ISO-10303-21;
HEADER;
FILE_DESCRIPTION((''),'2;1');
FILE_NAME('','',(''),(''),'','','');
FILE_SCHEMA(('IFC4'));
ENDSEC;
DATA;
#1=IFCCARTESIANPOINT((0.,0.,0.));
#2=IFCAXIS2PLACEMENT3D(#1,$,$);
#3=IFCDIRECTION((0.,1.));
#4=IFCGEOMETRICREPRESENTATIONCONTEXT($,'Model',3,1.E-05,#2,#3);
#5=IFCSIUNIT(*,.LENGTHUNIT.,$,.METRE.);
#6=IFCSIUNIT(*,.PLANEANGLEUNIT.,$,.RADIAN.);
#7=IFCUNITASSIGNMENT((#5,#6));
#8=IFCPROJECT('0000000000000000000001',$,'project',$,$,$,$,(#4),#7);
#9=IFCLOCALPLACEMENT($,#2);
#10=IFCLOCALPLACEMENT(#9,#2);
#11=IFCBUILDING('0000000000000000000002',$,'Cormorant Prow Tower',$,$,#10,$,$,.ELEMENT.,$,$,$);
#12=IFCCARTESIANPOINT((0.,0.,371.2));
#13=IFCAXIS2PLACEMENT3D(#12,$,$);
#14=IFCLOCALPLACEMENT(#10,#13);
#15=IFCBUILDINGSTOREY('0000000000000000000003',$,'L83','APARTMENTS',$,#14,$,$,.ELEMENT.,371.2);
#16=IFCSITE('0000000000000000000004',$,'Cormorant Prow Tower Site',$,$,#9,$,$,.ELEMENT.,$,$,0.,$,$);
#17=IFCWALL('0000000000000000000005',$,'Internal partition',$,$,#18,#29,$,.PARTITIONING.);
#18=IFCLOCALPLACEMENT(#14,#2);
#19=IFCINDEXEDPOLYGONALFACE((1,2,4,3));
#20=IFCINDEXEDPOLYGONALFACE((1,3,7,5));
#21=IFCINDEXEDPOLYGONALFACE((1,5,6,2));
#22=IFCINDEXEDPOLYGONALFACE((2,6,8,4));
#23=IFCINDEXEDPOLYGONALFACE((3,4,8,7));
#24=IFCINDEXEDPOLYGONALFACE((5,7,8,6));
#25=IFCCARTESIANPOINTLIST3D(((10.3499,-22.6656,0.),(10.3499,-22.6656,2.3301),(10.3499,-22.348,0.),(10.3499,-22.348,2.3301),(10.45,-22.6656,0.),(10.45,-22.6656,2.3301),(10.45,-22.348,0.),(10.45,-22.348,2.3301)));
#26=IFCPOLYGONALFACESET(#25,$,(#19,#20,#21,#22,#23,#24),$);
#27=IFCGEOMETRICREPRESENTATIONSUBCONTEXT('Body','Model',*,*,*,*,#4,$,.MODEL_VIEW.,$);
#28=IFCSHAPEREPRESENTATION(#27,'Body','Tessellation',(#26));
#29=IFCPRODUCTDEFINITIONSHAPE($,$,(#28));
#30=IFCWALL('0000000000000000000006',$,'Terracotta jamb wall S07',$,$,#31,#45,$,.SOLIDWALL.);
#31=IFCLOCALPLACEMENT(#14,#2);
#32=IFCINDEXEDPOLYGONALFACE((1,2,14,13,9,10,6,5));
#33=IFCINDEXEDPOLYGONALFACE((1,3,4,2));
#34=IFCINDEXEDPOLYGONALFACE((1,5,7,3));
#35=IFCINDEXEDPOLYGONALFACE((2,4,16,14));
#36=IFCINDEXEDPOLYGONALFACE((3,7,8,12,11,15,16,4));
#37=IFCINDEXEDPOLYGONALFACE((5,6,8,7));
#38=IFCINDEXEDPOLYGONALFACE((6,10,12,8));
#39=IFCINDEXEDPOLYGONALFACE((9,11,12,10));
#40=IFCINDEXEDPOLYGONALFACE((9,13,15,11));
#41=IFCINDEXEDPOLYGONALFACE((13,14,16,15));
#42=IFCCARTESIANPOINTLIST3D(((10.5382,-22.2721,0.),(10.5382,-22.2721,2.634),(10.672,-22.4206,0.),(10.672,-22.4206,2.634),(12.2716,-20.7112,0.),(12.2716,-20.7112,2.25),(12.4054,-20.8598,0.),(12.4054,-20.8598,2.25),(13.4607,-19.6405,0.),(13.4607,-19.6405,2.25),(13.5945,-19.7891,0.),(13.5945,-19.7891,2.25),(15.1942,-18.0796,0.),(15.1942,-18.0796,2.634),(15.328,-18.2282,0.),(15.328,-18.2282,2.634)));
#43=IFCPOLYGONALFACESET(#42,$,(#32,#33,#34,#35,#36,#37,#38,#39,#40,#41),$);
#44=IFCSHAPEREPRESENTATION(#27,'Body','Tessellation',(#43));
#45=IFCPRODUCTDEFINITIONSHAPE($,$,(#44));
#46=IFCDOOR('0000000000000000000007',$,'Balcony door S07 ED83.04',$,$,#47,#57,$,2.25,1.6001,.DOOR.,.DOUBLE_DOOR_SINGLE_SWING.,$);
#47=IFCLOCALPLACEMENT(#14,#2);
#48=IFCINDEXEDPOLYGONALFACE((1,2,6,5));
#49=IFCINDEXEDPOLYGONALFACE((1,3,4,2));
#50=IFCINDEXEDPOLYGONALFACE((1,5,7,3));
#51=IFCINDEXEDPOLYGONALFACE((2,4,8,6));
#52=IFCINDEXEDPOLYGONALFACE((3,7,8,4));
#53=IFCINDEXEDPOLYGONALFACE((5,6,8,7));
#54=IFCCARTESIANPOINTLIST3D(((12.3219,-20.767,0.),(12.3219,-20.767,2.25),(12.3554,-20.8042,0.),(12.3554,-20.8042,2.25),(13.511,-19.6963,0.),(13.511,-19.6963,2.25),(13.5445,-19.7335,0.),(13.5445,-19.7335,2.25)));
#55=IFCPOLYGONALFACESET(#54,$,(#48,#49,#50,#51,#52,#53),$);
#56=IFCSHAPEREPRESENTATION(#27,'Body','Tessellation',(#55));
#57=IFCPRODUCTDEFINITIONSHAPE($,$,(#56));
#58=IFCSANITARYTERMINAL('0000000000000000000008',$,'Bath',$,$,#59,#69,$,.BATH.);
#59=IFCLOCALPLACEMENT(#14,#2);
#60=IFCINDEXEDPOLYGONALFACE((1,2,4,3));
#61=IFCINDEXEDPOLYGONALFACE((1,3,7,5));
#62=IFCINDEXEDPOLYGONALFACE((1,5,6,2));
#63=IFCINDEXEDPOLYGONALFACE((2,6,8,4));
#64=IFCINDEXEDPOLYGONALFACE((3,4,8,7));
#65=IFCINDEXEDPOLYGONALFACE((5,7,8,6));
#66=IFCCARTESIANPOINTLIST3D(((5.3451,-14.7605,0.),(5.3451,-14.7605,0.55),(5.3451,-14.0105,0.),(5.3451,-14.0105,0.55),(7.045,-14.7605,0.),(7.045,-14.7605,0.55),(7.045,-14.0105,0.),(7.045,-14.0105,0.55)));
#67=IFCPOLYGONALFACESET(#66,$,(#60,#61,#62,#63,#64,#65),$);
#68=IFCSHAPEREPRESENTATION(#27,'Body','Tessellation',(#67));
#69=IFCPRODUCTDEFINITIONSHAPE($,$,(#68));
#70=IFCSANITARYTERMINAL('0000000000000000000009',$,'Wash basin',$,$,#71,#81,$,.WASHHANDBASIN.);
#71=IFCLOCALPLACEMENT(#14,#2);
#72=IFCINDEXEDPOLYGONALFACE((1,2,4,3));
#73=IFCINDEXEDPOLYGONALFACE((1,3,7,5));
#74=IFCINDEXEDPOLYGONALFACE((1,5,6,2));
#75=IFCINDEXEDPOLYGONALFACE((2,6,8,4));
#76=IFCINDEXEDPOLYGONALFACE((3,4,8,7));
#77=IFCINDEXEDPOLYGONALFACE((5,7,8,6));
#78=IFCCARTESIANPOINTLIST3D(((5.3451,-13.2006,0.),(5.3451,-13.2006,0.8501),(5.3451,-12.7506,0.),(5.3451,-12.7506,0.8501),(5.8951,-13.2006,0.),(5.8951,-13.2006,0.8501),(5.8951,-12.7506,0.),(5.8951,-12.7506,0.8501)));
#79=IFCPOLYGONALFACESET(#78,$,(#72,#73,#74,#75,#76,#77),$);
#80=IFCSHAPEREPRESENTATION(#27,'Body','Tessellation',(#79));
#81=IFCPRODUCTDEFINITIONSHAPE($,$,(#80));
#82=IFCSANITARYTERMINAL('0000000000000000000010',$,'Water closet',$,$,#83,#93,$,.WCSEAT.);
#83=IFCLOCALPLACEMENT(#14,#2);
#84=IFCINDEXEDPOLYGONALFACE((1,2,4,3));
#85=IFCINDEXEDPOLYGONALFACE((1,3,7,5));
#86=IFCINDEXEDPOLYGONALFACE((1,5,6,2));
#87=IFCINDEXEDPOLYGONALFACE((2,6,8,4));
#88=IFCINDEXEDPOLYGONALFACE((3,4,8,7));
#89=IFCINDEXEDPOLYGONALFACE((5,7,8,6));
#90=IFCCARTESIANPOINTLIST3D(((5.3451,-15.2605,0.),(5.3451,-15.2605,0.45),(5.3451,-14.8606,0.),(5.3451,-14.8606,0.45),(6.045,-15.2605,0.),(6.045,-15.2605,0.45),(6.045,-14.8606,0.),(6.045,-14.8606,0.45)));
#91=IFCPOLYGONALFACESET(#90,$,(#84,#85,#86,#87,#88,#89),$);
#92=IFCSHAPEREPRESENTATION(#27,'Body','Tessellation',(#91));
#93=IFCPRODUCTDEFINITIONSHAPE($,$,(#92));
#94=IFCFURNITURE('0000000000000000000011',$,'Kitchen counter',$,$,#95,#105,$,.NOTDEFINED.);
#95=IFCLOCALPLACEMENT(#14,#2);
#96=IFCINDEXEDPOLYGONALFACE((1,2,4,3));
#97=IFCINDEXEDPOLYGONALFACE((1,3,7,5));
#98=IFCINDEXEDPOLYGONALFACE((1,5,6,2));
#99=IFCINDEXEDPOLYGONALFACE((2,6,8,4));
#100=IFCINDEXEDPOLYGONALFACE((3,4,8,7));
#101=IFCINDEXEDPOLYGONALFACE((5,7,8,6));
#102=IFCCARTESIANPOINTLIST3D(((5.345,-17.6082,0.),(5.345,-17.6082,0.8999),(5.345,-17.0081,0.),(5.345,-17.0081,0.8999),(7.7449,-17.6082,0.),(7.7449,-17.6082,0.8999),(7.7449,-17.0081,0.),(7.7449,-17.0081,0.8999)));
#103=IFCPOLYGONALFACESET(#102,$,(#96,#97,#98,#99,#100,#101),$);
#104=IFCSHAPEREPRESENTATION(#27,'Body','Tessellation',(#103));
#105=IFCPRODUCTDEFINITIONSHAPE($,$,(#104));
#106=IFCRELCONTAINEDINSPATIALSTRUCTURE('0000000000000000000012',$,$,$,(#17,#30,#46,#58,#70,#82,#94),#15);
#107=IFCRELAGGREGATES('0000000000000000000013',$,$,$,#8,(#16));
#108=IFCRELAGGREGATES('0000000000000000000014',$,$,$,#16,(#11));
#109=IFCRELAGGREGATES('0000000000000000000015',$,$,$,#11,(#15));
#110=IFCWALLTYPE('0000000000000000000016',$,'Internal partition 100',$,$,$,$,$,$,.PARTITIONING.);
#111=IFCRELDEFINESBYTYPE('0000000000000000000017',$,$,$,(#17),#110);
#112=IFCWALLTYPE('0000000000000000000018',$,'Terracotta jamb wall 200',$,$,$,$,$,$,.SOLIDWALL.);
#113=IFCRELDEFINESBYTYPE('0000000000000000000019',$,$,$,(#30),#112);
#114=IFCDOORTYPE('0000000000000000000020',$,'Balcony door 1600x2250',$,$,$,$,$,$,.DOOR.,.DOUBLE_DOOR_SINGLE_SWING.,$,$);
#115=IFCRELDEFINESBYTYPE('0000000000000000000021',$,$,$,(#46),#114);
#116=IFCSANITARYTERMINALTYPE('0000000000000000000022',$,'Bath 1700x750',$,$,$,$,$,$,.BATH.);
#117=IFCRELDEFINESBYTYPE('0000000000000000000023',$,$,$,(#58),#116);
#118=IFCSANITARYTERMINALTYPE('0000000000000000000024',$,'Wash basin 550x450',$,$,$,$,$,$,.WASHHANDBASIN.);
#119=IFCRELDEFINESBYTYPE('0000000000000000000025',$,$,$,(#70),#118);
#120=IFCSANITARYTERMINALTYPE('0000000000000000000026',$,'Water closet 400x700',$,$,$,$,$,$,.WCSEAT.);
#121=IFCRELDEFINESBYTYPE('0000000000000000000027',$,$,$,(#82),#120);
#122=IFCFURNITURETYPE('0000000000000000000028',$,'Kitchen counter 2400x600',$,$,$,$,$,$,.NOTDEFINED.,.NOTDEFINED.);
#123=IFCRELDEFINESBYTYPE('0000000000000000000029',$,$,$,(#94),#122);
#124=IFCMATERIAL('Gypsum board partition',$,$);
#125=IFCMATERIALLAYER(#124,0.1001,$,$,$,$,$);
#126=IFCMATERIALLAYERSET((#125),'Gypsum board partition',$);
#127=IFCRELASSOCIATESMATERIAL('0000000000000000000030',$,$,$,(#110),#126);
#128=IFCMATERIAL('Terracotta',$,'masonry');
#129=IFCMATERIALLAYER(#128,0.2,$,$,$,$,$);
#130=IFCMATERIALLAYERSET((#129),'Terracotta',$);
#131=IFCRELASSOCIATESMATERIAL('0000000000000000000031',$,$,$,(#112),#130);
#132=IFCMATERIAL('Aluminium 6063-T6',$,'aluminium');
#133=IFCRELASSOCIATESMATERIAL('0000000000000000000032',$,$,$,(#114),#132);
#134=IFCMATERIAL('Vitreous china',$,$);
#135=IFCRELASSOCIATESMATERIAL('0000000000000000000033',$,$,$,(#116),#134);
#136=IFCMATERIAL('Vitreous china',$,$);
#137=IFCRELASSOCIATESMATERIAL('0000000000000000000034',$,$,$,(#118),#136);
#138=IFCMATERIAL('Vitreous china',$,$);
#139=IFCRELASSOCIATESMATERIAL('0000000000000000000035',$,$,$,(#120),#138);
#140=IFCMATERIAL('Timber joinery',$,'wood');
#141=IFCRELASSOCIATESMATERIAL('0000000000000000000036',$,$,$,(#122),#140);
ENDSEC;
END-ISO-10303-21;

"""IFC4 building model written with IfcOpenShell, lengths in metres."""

from ifc_helpers import new_model, si_unit, direction, frame, frame_2d, origin, origin_2d, place, context, subcontext, project, spatial, rectangle, extrude, material, layer, layer_set, type_object, element, fill, save


model = new_model("IFC4")

# Units and contexts
model_context = context("Model", 3, precision=1e-05, world=origin(), true_north=direction((0.0, 1.0)))
body_context = subcontext(model_context, "Body", "Model", "MODEL_VIEW")
ifc_project = project(units=[si_unit("LENGTHUNIT", "METRE"), si_unit("PLANEANGLEUNIT", "RADIAN")], contexts=[model_context])

# Site, building, storey
site_placement = place(None, origin())
site = spatial("IfcSite", under=ifc_project, at=site_placement, Name="Cormorant Prow Tower Site", CompositionType="ELEMENT", RefElevation=0.0)
building_placement = place(site_placement, origin())
building = spatial("IfcBuilding", under=site, at=building_placement, Name="Cormorant Prow Tower", CompositionType="ELEMENT")
storey_placement = place(building_placement, frame((0.0, 0.0, 371.2)))
storey = spatial("IfcBuildingStorey", under=building, at=storey_placement, Name="L83", Description="APARTMENTS", CompositionType="ELEMENT", Elevation=371.2)

# Shared definitions
ifc_material_1 = material(Name="Gypsum board partition")
ifc_layer_1 = layer(ifc_material_1, 0.1001)
ifc_layer_set_1 = layer_set([ifc_layer_1], Name="Gypsum board partition")
wall_type_1 = type_object("IfcWallType", Name="Internal partition 100", PredefinedType="PARTITIONING", material=ifc_layer_set_1)

# Wall
wall_1_placement = place(storey_placement, frame((10.3999, -22.6655, 0.0), z_axis=(0.0, 0.0, 1.0), x_axis=(0.0, 1.0, 0.0)))
element("IfcWall", 1, at=wall_1_placement, inside=storey, type_object=wall_type_1, Name="Internal partition", PredefinedType="PARTITIONING", context=body_context, shape_type="SweptSolid", body=[
    extrude(rectangle(XDim=0.3176, YDim=0.1001, at=frame_2d((0.1587, 0.0))), origin(), (0.0, 0.0, 1.0), 2.3301),
])

# Wall, opening, door
ifc_material_2 = material(Name="Terracotta", Category="masonry")
ifc_layer_2 = layer(ifc_material_2, 0.2)
ifc_layer_set_2 = layer_set([ifc_layer_2], Name="Terracotta")
wall_type_2 = type_object("IfcWallType", Name="Terracotta jamb wall 200", PredefinedType="SOLIDWALL", material=ifc_layer_set_2)
wall_2_placement = place(storey_placement, frame((10.605, -22.3464, 0.0), z_axis=(0.0, 0.0, 1.0), x_axis=(0.743137, 0.669139, 0.0)))
wall_2 = element("IfcWall", 2, at=wall_2_placement, inside=storey, type_object=wall_type_2, Name="Terracotta jamb wall S07", PredefinedType="SOLIDWALL", context=body_context, shape_type="SweptSolid", body=[
    extrude(rectangle(XDim=6.2654, YDim=0.2, at=frame_2d((3.1328, 0.0))), origin(), (0.0, 0.0, 1.0), 2.634),
])
opening_1_placement = place(wall_2_placement, frame((2.3328, 0.0, 0.0)))
opening_1 = element("IfcOpeningElement", 3, at=opening_1_placement, cuts=wall_2, PredefinedType="OPENING", context=body_context, shape_type="SweptSolid", body=[
    extrude(rectangle(XDim=1.6001, YDim=2.25, at=frame_2d((0.8, 1.125))), frame((0.0, 0.1099, 0.0), z_axis=(0.0, -1.0, 0.0), x_axis=(1.0, 0.0, 0.0)), (0.0, 0.0, 1.0), 0.22),
])
ifc_material_3 = material(Name="Aluminium 6063-T6", Category="aluminium")
door_type_1 = type_object("IfcDoorType", Name="Balcony door 1600x2250", OperationType="DOUBLE_DOOR_SINGLE_SWING", PredefinedType="DOOR", material=ifc_material_3)
door_1_placement = place(opening_1_placement, origin())
door_1 = element("IfcDoor", 4, at=door_1_placement, inside=storey, type_object=door_type_1, Name="Balcony door S07 ED83.04", OperationType="DOUBLE_DOOR_SINGLE_SWING", OverallHeight=2.25, OverallWidth=1.6001, PredefinedType="DOOR", context=body_context, shape_type="SweptSolid", body=[
    extrude(rectangle(XDim=1.6001, YDim=2.25, at=frame_2d((0.8, 1.125))), frame((0.0, 0.0249, 0.0), z_axis=(0.0, -1.0, 0.0), x_axis=(1.0, 0.0, 0.0)), (0.0, 0.0, 1.0), 0.05),
])
fill(opening_1, door_1)

# Sanitary terminals
ifc_material_4 = material(Name="Vitreous china")
sanitary_terminal_type_1 = type_object("IfcSanitaryTerminalType", Name="Bath 1700x750", PredefinedType="BATH", material=ifc_material_4)
sanitary_terminal_1_placement = place(storey_placement, frame((6.1951, -14.3855, 0.0), z_axis=(0.0, 0.0, 1.0), x_axis=(1.0, 0.0, 0.0)))
element("IfcSanitaryTerminal", 5, at=sanitary_terminal_1_placement, inside=storey, type_object=sanitary_terminal_type_1, Name="Bath", PredefinedType="BATH", context=body_context, shape_type="SweptSolid", body=[
    extrude(rectangle(XDim=1.7, YDim=0.75, at=origin_2d()), origin(), (0.0, 0.0, 1.0), 0.55),
])
ifc_material_5 = material(Name="Vitreous china")
sanitary_terminal_type_2 = type_object("IfcSanitaryTerminalType", Name="Wash basin 550x450", PredefinedType="WASHHANDBASIN", material=ifc_material_5)
sanitary_terminal_2_placement = place(storey_placement, frame((5.6201, -12.9756, 0.0), z_axis=(0.0, 0.0, 1.0), x_axis=(1.0, 0.0, 0.0)))
element("IfcSanitaryTerminal", 6, at=sanitary_terminal_2_placement, inside=storey, type_object=sanitary_terminal_type_2, Name="Wash basin", PredefinedType="WASHHANDBASIN", context=body_context, shape_type="SweptSolid", body=[
    extrude(rectangle(XDim=0.55, YDim=0.45, at=origin_2d()), origin(), (0.0, 0.0, 1.0), 0.8501),
])
ifc_material_6 = material(Name="Vitreous china")
sanitary_terminal_type_3 = type_object("IfcSanitaryTerminalType", Name="Water closet 400x700", PredefinedType="WCSEAT", material=ifc_material_6)
sanitary_terminal_3_placement = place(storey_placement, frame((5.6951, -15.0605, 0.0), z_axis=(0.0, 0.0, 1.0), x_axis=(0.0, 1.0, 0.0)))
element("IfcSanitaryTerminal", 7, at=sanitary_terminal_3_placement, inside=storey, type_object=sanitary_terminal_type_3, Name="Water closet", PredefinedType="WCSEAT", context=body_context, shape_type="SweptSolid", body=[
    extrude(rectangle(XDim=0.3999, YDim=0.7, at=origin_2d()), origin(), (0.0, 0.0, 1.0), 0.45),
])

# Furniture
ifc_material_7 = material(Name="Timber joinery", Category="wood")
furniture_type = type_object("IfcFurnitureType", Name="Kitchen counter 2400x600", AssemblyPlace="NOTDEFINED", PredefinedType="NOTDEFINED", material=ifc_material_7)
furniture_placement = place(storey_placement, frame((6.5449, -17.3081, 0.0), z_axis=(0.0, 0.0, 1.0), x_axis=(1.0, 0.0, 0.0)))
element("IfcFurniture", 8, at=furniture_placement, inside=storey, type_object=furniture_type, Name="Kitchen counter", PredefinedType="NOTDEFINED", context=body_context, shape_type="SweptSolid", body=[
    extrude(rectangle(XDim=2.3999, YDim=0.6001, at=origin_2d()), origin(), (0.0, 0.0, 1.0), 0.8999),
])

save(model, "model.ifc")
